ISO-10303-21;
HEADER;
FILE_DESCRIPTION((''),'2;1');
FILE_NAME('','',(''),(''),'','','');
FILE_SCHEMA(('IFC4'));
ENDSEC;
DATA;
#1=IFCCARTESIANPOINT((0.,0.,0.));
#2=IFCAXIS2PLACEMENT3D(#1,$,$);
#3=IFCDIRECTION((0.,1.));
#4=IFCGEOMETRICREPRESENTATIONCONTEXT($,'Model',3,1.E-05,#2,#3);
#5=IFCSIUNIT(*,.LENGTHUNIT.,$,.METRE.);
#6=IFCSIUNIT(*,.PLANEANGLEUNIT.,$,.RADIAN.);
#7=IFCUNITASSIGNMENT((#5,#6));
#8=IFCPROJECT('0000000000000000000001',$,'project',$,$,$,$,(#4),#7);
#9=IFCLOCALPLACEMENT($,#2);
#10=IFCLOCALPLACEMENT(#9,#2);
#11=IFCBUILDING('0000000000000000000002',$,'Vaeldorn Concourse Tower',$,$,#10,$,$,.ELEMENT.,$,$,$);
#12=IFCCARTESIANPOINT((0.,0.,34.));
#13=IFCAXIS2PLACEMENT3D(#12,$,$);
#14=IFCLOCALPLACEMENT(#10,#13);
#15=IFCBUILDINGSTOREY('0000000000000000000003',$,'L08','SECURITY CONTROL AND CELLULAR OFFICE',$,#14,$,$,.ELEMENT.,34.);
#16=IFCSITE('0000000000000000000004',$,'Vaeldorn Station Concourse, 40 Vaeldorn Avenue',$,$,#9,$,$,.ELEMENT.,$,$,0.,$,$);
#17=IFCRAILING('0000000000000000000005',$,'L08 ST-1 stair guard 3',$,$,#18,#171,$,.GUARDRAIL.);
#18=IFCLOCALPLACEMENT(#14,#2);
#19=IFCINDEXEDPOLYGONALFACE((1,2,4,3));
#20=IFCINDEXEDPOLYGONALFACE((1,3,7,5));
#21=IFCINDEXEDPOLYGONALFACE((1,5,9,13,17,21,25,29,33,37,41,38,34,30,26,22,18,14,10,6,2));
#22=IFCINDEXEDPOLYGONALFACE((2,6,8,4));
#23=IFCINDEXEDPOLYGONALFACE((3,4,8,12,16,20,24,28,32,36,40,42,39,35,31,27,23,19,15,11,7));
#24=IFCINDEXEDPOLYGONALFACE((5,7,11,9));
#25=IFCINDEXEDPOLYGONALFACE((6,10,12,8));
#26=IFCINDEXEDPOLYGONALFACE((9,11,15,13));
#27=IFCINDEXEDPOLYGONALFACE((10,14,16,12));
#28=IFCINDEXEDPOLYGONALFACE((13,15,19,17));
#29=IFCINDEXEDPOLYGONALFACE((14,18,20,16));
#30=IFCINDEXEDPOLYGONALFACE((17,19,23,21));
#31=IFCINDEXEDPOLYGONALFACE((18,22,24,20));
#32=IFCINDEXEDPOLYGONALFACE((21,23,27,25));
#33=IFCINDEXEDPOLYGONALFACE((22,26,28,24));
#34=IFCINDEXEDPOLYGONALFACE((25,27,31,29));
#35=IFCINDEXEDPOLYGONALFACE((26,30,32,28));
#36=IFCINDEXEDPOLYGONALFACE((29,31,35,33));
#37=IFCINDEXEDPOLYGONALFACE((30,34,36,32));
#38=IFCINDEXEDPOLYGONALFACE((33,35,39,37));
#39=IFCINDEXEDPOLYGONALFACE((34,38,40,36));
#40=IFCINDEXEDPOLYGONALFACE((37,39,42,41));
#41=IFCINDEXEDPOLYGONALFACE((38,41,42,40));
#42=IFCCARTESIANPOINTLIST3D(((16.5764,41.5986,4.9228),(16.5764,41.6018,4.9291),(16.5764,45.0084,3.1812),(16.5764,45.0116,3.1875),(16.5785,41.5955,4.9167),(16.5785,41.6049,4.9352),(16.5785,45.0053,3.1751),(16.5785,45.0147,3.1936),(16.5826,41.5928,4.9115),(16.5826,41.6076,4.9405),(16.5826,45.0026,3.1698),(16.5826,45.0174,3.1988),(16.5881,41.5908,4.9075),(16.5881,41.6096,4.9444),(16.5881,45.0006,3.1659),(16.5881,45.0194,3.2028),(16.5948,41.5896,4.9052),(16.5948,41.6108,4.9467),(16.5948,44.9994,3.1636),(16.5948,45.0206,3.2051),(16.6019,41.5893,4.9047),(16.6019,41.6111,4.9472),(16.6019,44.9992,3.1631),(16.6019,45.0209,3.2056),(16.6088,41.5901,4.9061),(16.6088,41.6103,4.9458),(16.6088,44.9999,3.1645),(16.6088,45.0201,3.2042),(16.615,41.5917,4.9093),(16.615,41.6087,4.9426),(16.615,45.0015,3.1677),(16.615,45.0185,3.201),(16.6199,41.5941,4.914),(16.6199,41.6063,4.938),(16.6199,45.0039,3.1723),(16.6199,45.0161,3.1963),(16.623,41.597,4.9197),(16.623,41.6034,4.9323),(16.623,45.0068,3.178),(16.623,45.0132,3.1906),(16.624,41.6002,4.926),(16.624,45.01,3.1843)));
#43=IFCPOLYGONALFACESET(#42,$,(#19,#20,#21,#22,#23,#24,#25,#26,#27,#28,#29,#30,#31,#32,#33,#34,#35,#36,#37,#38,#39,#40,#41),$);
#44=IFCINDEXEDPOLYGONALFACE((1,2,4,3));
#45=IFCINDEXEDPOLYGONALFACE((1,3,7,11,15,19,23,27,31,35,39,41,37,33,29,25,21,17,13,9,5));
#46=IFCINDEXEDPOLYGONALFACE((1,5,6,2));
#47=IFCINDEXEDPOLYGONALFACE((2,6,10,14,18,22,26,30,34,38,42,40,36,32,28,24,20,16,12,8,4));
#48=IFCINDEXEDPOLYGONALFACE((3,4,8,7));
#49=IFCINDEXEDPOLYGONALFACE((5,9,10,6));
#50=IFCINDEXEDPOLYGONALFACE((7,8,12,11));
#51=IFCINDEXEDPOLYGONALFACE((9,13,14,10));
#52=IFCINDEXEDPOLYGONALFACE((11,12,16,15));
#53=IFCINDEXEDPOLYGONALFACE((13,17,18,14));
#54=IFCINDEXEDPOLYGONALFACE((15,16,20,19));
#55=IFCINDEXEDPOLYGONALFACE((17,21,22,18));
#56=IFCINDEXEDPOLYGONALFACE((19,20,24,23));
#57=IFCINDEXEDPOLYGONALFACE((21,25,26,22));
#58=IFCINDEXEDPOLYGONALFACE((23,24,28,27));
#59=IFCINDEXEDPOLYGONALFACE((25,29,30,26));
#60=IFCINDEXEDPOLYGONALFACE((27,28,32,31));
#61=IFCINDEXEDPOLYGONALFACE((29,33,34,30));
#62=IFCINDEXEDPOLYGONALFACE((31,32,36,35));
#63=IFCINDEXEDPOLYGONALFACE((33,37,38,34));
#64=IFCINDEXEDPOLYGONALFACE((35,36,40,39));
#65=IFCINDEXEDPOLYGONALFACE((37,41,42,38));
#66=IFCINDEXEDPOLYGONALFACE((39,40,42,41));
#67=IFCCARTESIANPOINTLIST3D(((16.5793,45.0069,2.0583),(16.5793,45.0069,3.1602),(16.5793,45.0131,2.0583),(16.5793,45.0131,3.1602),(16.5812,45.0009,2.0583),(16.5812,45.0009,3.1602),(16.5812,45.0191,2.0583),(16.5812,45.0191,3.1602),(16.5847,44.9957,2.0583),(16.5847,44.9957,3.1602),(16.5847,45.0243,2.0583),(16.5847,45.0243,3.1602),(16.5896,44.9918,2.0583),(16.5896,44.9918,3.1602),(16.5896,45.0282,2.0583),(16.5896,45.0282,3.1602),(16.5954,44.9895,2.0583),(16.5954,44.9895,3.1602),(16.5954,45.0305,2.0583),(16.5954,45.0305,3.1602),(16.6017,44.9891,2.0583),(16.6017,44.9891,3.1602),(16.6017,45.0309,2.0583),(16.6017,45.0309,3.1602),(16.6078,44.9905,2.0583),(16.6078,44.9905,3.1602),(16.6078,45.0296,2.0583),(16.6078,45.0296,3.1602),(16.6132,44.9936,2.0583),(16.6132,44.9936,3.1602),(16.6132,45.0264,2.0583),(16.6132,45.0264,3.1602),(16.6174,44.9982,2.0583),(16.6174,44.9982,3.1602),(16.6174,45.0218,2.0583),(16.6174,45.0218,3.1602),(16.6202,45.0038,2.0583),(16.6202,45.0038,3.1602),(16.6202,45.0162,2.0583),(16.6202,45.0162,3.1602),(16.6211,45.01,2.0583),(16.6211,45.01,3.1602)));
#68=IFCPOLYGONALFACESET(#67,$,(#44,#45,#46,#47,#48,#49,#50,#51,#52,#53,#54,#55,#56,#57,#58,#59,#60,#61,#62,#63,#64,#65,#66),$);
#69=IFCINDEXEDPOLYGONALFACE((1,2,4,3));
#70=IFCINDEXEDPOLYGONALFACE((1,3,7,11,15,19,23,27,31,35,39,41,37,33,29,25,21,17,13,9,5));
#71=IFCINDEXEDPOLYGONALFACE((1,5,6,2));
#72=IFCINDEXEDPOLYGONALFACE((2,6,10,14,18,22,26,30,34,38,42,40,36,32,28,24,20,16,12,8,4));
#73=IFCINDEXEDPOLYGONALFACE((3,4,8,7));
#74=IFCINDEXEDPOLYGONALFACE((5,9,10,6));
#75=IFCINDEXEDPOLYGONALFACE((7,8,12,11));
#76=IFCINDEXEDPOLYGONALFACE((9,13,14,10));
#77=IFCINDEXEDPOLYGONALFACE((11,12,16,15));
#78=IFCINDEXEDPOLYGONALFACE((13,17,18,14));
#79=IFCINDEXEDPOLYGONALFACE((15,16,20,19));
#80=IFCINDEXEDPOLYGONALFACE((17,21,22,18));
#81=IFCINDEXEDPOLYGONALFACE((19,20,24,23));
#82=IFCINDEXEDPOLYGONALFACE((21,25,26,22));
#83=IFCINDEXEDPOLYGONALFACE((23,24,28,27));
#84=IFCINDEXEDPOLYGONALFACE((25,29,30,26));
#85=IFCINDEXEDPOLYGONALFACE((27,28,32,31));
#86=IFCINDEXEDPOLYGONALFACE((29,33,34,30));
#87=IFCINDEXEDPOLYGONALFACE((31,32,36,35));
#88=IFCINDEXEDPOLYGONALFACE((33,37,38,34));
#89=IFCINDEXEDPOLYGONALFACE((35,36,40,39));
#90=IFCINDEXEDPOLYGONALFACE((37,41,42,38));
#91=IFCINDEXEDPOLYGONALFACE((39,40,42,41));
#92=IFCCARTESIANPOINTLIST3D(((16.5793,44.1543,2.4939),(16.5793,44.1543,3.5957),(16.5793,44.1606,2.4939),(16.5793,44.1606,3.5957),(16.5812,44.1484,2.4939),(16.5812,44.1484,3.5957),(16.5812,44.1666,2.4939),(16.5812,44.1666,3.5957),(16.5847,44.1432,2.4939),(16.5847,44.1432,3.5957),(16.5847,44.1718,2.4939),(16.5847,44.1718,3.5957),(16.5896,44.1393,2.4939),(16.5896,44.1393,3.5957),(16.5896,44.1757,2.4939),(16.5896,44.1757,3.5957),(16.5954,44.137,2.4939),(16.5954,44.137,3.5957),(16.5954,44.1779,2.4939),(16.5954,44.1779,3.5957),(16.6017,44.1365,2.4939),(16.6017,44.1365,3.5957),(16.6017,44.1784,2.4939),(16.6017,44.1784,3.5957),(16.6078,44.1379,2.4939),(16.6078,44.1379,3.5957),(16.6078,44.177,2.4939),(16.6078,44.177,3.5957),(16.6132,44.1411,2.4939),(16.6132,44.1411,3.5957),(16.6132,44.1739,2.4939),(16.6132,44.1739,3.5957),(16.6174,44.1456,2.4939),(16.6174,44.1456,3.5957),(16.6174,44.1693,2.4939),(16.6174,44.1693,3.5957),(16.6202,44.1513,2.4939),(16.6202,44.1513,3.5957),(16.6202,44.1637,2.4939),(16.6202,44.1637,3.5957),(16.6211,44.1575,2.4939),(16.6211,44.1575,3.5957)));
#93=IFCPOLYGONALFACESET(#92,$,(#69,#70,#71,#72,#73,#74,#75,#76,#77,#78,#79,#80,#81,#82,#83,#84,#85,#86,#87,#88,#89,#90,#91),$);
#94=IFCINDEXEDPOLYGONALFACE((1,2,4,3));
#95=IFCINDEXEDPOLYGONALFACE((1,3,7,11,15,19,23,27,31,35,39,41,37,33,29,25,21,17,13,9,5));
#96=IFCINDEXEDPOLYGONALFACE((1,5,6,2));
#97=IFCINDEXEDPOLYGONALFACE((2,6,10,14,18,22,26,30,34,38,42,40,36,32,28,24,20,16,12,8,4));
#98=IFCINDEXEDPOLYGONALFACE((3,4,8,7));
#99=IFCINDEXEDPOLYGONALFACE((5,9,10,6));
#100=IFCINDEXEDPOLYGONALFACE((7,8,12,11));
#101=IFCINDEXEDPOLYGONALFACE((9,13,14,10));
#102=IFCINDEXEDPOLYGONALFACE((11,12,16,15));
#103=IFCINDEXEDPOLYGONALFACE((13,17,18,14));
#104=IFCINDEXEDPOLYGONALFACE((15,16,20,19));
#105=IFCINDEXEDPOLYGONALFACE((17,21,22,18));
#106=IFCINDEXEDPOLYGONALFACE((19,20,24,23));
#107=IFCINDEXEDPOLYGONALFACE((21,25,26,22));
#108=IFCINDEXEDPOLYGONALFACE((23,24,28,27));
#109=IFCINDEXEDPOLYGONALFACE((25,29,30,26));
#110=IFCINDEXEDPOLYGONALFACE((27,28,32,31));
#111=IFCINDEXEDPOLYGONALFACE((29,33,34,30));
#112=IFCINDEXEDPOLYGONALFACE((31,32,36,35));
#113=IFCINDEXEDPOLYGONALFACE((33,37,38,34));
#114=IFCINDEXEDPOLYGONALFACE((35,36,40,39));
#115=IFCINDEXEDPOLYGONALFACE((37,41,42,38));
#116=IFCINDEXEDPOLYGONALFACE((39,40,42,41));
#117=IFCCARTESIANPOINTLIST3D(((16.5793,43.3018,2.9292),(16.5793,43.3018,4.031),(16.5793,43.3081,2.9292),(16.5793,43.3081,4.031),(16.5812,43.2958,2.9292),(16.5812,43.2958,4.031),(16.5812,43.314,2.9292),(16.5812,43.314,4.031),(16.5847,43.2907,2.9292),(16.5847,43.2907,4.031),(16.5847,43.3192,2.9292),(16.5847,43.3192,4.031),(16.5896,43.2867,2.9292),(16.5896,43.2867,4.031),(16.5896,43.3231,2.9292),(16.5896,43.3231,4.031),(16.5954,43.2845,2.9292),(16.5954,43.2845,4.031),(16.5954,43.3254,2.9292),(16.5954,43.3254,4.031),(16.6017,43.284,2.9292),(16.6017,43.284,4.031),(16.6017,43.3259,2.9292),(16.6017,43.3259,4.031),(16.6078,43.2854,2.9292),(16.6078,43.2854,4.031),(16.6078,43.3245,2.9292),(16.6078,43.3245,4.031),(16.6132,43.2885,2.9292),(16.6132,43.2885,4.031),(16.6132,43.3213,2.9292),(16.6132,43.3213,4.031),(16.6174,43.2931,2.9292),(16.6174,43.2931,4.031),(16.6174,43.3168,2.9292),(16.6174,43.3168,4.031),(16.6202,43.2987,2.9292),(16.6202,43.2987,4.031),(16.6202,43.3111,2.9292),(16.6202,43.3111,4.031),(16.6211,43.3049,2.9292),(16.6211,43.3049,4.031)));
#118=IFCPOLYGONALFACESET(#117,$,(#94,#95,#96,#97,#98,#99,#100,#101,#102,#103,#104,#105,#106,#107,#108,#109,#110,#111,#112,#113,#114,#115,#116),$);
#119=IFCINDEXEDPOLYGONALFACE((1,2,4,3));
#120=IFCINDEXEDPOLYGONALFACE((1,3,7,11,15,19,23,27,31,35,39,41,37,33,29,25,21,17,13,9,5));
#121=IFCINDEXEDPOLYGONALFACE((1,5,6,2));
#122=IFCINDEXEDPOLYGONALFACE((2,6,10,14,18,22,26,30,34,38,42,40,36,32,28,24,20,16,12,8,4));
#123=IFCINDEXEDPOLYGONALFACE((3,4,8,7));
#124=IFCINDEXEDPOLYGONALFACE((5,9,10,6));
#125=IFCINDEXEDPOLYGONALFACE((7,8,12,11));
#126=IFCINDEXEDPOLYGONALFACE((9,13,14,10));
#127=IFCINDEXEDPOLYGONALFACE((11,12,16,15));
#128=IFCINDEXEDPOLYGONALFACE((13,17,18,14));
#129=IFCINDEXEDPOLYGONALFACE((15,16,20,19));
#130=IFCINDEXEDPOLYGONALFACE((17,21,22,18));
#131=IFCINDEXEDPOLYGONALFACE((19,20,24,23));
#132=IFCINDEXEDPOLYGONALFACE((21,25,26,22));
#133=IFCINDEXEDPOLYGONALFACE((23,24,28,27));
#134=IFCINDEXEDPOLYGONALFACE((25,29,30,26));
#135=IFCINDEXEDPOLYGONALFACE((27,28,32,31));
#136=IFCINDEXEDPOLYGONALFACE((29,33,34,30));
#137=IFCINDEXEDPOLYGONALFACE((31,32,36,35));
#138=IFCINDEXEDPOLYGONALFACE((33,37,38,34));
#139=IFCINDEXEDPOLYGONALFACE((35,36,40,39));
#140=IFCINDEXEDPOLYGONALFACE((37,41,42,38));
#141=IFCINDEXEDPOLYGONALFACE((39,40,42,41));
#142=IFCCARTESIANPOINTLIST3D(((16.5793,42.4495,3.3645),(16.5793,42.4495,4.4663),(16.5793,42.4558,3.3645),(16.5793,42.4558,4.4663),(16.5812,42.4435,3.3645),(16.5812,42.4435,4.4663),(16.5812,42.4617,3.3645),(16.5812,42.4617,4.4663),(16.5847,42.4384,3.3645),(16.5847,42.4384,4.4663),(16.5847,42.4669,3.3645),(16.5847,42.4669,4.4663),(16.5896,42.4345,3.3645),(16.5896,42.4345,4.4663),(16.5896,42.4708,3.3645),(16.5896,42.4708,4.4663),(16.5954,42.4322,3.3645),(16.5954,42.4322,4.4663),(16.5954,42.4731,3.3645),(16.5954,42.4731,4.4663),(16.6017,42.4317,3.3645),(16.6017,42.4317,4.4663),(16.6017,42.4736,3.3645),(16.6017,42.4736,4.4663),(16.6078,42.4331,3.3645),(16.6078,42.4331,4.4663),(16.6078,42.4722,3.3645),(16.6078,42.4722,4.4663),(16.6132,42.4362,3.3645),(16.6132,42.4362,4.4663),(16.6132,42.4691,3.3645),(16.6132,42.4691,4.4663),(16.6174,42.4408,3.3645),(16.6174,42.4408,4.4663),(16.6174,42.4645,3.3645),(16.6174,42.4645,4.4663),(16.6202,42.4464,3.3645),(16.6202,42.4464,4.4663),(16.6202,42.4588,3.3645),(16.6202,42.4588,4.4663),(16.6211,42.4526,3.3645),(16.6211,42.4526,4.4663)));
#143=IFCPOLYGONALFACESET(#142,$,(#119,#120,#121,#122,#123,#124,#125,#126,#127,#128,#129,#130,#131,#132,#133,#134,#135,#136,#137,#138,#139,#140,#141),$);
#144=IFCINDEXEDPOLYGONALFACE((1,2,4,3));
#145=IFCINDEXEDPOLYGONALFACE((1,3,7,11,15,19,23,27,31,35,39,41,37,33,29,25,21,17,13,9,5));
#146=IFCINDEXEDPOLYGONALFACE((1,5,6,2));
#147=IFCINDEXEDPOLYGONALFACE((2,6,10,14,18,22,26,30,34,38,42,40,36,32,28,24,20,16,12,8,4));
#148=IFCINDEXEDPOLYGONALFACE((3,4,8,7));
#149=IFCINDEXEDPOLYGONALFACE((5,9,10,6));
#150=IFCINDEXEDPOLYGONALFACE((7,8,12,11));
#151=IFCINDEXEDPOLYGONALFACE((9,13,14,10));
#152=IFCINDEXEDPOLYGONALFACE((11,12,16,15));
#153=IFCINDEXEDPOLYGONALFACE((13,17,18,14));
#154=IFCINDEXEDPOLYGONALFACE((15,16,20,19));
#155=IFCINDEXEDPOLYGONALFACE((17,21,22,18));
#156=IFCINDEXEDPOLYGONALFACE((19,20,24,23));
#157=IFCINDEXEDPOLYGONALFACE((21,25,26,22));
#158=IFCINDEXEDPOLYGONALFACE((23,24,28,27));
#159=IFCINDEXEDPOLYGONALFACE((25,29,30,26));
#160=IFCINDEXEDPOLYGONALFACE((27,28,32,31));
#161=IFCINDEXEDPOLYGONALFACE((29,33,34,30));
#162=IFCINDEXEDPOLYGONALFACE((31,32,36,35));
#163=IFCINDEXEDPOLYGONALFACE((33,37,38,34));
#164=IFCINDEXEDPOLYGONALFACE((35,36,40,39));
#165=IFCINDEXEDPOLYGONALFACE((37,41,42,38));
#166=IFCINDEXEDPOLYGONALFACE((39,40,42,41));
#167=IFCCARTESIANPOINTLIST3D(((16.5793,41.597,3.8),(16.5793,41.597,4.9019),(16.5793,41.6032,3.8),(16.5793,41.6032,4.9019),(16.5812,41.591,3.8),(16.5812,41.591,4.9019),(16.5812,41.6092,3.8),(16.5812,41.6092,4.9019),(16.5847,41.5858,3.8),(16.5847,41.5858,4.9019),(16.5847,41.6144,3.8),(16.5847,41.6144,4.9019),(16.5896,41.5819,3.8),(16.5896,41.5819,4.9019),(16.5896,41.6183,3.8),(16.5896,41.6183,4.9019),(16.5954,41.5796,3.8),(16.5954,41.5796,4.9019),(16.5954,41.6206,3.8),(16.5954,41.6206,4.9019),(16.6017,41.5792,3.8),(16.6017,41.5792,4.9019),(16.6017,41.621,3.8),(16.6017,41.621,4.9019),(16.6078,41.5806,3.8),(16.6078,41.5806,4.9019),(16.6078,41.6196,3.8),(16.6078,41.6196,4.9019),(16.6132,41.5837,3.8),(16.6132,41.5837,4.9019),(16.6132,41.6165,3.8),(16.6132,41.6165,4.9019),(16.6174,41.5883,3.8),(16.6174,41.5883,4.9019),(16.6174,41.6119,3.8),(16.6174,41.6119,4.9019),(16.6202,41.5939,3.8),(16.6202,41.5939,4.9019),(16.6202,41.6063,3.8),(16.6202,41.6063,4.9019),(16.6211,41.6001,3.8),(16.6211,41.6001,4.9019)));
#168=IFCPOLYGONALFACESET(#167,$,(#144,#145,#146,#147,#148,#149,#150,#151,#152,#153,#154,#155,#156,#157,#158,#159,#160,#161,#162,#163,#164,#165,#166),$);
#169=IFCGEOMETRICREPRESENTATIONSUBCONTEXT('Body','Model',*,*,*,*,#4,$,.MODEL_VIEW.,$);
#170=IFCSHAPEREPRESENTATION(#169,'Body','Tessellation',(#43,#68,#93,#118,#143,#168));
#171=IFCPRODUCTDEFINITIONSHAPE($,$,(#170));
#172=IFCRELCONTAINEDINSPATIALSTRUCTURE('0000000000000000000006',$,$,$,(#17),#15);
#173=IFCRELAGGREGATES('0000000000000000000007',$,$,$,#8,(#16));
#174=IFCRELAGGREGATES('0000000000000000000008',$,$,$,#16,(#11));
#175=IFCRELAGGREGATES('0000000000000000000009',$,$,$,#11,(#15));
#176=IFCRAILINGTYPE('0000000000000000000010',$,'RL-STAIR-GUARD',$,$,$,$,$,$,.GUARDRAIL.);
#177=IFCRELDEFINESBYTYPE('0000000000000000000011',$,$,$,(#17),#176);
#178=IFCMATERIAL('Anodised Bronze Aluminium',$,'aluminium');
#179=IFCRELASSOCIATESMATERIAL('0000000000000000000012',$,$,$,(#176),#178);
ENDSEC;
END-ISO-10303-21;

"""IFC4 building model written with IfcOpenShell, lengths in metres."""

from ifc_helpers import new_model, si_unit, direction, frame, origin, origin_2d, place, context, subcontext, project, spatial, circle, extrude, material, type_object, element, save


model = new_model("IFC4")

# Units and contexts
model_context = context("Model", 3, precision=1e-05, world=origin(), true_north=direction((0.0, 1.0)))
body_context = subcontext(model_context, "Body", "Model", "MODEL_VIEW")
ifc_project = project(units=[si_unit("LENGTHUNIT", "METRE"), si_unit("PLANEANGLEUNIT", "RADIAN")], contexts=[model_context])

# Site, building, storey
site_placement = place(None, origin())
site = spatial("IfcSite", under=ifc_project, at=site_placement, Name="Vaeldorn Station Concourse, 40 Vaeldorn Avenue", CompositionType="ELEMENT", RefElevation=0.0)
building_placement = place(site_placement, origin())
building = spatial("IfcBuilding", under=site, at=building_placement, Name="Vaeldorn Concourse Tower", CompositionType="ELEMENT")
storey_placement = place(building_placement, frame((0.0, 0.0, 34.0)))
storey = spatial("IfcBuildingStorey", under=building, at=storey_placement, Name="L08", Description="SECURITY CONTROL AND CELLULAR OFFICE", CompositionType="ELEMENT", Elevation=34.0)

# Shared definitions
ifc_material_1 = material(Name="Anodised Bronze Aluminium", Category="aluminium")

# Railing
railing_type_1 = type_object("IfcRailingType", Name="RL-STAIR-GUARD", PredefinedType="GUARDRAIL", material=ifc_material_1)
railing_1_placement = place(storey_placement, frame((16.6001, 45.01, 2.0583)))
element("IfcRailing", 1, at=railing_1_placement, inside=storey, type_object=railing_type_1, Name="L08 ST-1 stair guard 3", PredefinedType="GUARDRAIL", context=body_context, shape_type="SweptSolid", body=[
    extrude(circle(Radius=0.0239, at=origin_2d()), frame((0.0, 0.0, 1.126), z_axis=(0.0, -0.890556, 0.454874), x_axis=(1.0, 0.0, 0.0)), (0.0, 0.0, 1.0), 3.8289),
    extrude(circle(Radius=0.021, at=origin_2d()), origin(), (0.0, 0.0, 1.0), 1.1018),
    extrude(circle(Radius=0.021, at=origin_2d()), frame((0.0, -0.8525, 0.4355)), (0.0, 0.0, 1.0), 1.1018),
    extrude(circle(Radius=0.021, at=origin_2d()), frame((0.0, -1.7051, 0.8708)), (0.0, 0.0, 1.0), 1.1018),
    extrude(circle(Radius=0.021, at=origin_2d()), frame((0.0, -2.5574, 1.3062)), (0.0, 0.0, 1.0), 1.1018),
    extrude(circle(Radius=0.021, at=origin_2d()), frame((0.0, -3.4099, 1.7417)), (0.0, 0.0, 1.0), 1.1018),
])

save(model, "model.ifc")
